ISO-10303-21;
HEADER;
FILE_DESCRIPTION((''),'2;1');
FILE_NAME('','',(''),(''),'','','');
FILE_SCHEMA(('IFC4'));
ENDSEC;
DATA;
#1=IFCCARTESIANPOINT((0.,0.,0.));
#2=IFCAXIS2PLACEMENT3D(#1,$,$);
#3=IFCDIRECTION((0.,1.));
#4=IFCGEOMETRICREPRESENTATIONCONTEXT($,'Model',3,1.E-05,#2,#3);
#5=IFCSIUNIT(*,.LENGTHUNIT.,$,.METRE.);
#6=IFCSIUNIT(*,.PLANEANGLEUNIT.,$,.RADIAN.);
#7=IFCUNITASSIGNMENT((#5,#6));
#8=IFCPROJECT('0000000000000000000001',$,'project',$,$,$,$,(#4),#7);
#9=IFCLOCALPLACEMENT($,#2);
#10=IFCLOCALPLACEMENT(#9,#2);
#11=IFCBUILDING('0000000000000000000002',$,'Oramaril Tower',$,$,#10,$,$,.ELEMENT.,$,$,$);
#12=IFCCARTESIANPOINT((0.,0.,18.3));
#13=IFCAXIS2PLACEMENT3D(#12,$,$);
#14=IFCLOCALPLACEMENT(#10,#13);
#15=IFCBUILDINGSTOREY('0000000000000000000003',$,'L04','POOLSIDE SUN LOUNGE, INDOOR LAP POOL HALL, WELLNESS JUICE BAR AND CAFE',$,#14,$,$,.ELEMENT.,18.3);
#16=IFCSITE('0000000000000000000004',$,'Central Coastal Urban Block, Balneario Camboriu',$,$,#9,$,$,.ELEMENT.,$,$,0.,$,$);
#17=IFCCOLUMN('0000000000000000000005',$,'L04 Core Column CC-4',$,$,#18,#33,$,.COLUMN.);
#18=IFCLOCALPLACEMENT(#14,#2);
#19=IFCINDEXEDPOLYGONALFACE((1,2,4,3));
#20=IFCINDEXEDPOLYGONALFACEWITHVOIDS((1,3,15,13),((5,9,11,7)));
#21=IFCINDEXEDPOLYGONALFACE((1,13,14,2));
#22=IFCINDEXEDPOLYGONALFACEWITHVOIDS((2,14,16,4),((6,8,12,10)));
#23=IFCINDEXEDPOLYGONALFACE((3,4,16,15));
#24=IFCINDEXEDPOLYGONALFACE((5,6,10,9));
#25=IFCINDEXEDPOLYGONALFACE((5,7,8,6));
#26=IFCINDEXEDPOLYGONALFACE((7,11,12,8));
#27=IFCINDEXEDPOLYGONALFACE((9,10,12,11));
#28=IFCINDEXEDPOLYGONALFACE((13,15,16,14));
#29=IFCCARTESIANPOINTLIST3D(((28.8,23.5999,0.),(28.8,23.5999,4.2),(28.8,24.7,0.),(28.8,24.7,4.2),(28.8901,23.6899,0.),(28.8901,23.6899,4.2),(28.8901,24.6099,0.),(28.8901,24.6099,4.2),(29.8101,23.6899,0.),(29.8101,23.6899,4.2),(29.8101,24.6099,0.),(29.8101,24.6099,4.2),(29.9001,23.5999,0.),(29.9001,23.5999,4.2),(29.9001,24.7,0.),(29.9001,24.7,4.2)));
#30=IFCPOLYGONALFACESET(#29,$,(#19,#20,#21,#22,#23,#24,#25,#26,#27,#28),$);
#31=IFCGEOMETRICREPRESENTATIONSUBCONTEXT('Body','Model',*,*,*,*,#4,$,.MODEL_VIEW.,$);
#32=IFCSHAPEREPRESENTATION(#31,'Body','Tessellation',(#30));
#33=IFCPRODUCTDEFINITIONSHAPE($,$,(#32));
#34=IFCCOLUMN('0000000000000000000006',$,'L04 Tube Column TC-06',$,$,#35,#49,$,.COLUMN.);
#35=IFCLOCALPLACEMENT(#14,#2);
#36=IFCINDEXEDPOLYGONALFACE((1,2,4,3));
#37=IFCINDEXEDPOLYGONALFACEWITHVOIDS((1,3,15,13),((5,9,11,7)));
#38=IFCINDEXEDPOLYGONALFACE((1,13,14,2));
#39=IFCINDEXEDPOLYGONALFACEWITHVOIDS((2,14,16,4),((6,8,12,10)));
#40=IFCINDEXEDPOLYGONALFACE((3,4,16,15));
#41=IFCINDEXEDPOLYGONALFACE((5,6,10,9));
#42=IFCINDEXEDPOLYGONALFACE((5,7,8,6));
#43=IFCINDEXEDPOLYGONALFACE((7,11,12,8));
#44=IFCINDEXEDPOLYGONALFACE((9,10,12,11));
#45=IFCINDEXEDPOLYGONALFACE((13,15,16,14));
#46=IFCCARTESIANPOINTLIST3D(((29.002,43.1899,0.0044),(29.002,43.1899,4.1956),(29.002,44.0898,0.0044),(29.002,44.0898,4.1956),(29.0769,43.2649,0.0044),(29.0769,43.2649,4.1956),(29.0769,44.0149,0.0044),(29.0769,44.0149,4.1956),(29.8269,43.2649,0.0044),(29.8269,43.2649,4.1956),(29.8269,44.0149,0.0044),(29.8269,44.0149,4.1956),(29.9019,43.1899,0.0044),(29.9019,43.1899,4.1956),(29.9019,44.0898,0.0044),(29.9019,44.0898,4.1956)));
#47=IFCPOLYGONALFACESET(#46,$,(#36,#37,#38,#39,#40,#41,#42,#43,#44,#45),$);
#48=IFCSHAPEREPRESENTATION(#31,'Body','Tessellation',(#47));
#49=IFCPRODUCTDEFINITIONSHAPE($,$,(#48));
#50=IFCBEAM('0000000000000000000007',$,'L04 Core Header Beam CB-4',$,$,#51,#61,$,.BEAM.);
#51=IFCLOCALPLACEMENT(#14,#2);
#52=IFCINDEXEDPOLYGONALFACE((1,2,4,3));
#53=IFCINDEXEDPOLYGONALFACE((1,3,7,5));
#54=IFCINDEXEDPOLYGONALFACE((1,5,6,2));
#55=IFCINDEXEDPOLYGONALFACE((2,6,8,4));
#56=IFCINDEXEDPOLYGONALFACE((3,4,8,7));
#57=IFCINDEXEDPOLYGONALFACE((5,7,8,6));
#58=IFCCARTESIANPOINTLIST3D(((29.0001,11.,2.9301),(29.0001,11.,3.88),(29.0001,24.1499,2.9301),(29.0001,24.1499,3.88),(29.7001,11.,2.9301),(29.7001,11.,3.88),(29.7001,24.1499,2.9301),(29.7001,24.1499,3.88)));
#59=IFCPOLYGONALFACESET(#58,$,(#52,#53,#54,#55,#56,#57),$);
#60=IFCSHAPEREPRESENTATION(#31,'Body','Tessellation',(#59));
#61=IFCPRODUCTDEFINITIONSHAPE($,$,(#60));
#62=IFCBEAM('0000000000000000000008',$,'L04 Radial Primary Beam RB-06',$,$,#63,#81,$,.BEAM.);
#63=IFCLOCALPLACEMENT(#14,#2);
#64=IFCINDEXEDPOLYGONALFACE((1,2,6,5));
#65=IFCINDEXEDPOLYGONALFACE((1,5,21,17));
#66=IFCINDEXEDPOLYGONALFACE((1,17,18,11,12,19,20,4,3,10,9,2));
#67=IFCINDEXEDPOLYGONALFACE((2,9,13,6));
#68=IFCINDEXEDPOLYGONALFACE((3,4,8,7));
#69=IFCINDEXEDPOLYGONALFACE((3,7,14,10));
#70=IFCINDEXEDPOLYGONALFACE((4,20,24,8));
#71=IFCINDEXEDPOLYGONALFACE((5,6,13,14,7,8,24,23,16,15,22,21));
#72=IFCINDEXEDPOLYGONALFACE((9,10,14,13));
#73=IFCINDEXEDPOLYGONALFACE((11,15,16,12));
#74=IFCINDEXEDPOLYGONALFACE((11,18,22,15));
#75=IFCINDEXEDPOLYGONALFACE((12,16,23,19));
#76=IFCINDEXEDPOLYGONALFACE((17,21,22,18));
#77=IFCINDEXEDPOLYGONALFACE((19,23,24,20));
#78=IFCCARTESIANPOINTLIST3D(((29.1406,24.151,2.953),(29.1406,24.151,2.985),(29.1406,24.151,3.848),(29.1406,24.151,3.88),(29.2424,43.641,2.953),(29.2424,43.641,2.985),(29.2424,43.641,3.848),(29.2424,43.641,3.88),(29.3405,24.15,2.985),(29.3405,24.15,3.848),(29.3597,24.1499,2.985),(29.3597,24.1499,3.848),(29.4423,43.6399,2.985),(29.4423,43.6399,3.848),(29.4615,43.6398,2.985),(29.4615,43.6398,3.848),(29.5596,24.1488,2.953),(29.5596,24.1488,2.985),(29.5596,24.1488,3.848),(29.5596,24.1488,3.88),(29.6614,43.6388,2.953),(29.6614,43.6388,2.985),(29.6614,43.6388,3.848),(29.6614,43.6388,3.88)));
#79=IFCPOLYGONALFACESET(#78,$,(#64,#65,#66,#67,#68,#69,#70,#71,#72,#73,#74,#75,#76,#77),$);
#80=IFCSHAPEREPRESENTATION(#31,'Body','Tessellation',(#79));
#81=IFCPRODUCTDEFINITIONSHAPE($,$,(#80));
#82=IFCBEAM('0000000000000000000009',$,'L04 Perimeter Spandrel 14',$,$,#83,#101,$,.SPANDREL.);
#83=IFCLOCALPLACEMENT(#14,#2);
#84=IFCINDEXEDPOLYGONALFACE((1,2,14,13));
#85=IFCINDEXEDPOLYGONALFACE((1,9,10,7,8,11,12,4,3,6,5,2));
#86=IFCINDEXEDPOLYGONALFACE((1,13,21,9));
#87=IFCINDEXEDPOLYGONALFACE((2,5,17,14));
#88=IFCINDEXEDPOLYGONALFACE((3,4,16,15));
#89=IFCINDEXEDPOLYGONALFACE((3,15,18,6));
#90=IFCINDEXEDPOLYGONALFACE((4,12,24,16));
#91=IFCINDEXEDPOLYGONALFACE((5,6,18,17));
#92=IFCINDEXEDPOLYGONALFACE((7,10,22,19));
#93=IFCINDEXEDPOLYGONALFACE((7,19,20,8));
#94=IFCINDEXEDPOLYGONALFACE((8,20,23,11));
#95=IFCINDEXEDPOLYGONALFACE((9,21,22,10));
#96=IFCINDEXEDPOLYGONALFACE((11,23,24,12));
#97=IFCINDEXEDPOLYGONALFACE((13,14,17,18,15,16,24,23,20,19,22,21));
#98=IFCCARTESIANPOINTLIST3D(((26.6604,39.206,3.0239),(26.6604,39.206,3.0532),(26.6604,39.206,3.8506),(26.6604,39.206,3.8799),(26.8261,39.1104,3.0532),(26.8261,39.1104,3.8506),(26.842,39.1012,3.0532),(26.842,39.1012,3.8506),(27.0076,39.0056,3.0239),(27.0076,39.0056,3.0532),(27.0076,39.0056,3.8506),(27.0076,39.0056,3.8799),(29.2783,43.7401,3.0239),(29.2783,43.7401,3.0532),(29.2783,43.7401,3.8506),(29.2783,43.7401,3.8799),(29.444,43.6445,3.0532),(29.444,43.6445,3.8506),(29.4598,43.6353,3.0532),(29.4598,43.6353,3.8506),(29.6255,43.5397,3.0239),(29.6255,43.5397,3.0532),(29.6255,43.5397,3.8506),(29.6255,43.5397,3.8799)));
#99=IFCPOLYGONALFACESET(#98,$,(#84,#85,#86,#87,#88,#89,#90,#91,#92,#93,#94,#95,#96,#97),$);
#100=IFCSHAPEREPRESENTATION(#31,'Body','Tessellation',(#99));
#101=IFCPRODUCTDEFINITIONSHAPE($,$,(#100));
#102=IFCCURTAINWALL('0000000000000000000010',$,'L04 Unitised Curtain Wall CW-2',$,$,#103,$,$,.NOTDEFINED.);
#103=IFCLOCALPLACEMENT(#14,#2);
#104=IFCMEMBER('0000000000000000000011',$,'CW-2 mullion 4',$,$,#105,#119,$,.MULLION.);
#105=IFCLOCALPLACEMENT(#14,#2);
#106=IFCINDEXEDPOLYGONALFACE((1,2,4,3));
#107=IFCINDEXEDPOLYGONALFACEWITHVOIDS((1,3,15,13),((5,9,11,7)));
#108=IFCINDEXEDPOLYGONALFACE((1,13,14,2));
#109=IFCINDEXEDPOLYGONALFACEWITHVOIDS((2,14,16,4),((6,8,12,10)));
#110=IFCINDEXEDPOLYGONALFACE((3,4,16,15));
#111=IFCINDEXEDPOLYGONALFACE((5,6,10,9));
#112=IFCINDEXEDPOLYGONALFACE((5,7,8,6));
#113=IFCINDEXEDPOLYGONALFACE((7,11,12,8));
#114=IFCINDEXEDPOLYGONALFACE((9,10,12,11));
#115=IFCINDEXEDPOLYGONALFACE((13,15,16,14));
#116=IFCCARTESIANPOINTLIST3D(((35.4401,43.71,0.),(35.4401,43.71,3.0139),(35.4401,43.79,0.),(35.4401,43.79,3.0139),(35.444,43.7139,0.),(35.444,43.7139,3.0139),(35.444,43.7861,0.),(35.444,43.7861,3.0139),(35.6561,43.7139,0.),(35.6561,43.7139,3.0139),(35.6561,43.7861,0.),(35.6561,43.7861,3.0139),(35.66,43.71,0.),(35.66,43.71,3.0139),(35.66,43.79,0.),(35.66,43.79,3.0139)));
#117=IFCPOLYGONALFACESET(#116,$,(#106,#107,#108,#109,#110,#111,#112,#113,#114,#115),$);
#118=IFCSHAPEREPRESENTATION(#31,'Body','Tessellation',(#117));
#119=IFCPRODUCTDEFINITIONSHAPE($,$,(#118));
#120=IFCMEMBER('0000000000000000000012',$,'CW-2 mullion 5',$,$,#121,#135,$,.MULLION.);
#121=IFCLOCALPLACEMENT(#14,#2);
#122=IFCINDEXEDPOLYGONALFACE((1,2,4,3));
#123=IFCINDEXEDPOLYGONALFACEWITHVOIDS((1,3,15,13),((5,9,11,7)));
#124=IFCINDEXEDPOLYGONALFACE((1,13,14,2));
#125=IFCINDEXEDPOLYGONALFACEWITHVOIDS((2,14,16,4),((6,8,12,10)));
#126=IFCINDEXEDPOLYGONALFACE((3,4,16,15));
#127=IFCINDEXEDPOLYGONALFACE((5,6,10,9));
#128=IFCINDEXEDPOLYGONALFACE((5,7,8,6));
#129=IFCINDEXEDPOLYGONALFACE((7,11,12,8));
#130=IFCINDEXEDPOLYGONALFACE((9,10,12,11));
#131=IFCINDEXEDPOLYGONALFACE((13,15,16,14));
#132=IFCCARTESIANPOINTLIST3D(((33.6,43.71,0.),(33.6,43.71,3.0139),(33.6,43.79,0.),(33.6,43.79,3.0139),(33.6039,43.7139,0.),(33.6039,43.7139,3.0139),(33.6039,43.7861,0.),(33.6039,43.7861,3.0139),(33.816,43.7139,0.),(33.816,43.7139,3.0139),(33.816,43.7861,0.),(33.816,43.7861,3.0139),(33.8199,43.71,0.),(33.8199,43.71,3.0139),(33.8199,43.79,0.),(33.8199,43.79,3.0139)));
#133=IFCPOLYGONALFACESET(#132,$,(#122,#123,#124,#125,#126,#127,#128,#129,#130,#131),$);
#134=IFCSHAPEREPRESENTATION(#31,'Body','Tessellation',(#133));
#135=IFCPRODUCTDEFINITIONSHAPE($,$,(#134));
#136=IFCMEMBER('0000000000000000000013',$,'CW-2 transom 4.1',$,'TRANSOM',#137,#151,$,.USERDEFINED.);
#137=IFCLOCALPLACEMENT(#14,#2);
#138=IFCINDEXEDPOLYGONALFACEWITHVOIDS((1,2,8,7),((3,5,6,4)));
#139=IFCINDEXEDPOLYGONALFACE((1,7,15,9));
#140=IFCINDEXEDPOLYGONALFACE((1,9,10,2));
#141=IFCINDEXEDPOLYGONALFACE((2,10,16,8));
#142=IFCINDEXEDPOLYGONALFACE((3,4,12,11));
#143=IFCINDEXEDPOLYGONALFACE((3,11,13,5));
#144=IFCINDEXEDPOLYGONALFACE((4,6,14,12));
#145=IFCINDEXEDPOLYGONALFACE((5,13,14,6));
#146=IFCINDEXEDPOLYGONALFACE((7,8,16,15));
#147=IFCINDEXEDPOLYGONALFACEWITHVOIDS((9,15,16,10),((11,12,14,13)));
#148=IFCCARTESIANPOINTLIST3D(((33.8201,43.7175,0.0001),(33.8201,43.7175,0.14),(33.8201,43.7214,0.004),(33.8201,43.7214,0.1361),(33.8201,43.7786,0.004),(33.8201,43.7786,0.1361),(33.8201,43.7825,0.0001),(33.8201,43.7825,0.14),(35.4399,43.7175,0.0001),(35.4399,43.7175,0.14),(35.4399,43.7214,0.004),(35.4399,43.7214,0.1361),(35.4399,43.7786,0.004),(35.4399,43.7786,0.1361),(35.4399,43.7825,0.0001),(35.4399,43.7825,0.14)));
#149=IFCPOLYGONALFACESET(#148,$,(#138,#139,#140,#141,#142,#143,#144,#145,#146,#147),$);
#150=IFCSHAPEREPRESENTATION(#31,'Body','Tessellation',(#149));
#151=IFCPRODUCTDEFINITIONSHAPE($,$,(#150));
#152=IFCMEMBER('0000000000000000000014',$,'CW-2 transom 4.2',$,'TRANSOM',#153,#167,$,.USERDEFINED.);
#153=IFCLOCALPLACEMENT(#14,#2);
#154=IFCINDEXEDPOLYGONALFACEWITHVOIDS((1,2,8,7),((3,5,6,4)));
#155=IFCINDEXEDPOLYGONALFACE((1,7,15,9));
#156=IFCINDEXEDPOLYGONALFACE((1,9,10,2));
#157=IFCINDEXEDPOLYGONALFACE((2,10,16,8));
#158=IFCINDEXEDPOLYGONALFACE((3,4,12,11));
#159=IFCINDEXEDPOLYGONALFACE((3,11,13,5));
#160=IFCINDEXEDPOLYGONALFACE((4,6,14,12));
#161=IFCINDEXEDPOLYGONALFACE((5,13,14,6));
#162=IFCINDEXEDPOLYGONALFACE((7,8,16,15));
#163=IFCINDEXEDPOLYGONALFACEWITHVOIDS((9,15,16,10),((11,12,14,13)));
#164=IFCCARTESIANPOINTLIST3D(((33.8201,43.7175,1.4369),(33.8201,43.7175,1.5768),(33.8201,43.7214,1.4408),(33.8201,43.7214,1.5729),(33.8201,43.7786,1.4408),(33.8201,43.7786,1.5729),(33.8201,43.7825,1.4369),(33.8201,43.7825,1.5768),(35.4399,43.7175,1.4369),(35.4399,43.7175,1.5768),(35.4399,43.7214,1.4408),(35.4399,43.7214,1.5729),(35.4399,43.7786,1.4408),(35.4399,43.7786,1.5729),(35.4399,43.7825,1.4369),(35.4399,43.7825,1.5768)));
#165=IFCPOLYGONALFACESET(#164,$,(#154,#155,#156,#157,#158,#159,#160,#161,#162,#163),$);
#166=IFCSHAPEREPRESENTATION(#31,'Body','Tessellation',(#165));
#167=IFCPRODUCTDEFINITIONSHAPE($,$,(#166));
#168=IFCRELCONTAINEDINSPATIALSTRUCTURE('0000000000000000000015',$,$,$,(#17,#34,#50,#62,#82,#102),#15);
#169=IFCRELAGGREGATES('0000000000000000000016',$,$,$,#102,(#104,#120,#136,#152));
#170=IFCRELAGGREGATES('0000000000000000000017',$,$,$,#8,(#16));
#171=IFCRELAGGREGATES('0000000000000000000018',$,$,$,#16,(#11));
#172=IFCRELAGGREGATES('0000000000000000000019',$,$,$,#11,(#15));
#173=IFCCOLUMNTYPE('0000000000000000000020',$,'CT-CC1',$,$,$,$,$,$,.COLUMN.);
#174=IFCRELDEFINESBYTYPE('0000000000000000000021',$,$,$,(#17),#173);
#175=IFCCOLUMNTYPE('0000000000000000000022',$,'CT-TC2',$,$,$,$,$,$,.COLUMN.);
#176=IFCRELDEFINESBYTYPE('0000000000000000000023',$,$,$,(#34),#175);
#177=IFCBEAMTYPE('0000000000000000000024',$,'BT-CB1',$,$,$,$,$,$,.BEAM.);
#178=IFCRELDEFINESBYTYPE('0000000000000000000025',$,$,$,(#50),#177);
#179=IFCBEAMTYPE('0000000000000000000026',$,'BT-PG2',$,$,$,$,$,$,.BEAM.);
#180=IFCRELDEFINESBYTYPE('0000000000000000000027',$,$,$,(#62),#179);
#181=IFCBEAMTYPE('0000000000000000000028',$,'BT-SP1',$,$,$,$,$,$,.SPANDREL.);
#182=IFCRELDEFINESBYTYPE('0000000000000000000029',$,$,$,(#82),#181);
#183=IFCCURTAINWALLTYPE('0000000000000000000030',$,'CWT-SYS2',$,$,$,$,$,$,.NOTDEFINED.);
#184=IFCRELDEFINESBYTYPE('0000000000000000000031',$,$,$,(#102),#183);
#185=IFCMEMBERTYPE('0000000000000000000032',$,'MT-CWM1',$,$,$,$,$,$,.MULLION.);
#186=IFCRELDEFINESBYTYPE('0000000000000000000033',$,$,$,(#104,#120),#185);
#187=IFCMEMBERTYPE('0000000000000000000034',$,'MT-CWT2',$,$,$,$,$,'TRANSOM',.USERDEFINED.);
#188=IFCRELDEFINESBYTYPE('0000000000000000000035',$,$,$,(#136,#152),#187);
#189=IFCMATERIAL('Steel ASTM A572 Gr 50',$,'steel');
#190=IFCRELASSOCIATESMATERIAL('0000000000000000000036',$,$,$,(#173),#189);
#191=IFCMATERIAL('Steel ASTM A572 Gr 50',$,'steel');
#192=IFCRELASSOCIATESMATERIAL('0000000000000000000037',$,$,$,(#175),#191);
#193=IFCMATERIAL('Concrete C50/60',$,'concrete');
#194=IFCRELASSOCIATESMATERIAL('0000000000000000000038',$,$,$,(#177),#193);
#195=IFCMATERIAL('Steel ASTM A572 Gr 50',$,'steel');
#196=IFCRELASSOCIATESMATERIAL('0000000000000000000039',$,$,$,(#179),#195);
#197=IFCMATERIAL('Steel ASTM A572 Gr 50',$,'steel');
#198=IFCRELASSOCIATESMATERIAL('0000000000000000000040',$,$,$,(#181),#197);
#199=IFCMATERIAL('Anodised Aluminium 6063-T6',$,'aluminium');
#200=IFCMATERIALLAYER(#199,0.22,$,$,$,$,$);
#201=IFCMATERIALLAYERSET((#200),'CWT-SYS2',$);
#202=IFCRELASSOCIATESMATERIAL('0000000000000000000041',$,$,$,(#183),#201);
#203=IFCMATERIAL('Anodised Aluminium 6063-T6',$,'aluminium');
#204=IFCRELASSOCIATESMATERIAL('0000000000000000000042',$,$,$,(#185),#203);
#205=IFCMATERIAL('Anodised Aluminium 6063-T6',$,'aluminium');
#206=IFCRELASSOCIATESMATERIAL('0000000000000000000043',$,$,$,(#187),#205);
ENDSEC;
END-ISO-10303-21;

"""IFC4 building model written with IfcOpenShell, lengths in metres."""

from ifc_helpers import new_model, si_unit, direction, frame, origin, origin_2d, place, context, subcontext, project, spatial, rectangle, hollow_rectangle, i_section, extrude, material, layer, layer_set, material_profile, profile_set, type_object, element, aggregate, save


model = new_model("IFC4")

# Units and contexts
model_context = context("Model", 3, precision=1e-05, world=origin(), true_north=direction((0.0, 1.0)))
body_context = subcontext(model_context, "Body", "Model", "MODEL_VIEW")
ifc_project = project(units=[si_unit("LENGTHUNIT", "METRE"), si_unit("PLANEANGLEUNIT", "RADIAN")], contexts=[model_context])

# Site, building, storey
site_placement = place(None, origin())
site = spatial("IfcSite", under=ifc_project, at=site_placement, Name="Central Coastal Urban Block, Balneario Camboriu", CompositionType="ELEMENT", RefElevation=0.0)
building_placement = place(site_placement, origin())
building = spatial("IfcBuilding", under=site, at=building_placement, Name="Oramaril Tower", CompositionType="ELEMENT")
storey_placement = place(building_placement, frame((0.0, 0.0, 18.3)))
storey = spatial("IfcBuildingStorey", under=building, at=storey_placement, Name="L04", Description="POOLSIDE SUN LOUNGE, INDOOR LAP POOL HALL, WELLNESS JUICE BAR AND CAFE", CompositionType="ELEMENT", Elevation=18.3)

# Columns
ifc_material_1 = material(Name="Steel ASTM A572 Gr 50", Category="steel")
ifc_material_profile_1 = material_profile(ifc_material_1, hollow_rectangle(XDim=1.1001, YDim=1.1001, WallThickness=0.0901, at=origin_2d()), Name="BOX1100X1100X90")
ifc_profile_set_1 = profile_set([ifc_material_profile_1], Name="Steel ASTM A572 Gr 50")
column_type_1 = type_object("IfcColumnType", Name="CT-CC1", PredefinedType="COLUMN", material=ifc_profile_set_1)
column_1_placement = place(storey_placement, frame((29.3501, 24.1499, 0.0), z_axis=(0.0, 0.0, 1.0), x_axis=(1.0, 0.0, 0.0)))
element("IfcColumn", 1, at=column_1_placement, inside=storey, type_object=column_type_1, Name="L04 Core Column CC-4", PredefinedType="COLUMN", context=body_context, shape_type="SweptSolid", body=[
    extrude(hollow_rectangle(XDim=1.1001, YDim=1.1001, WallThickness=0.0901, at=origin_2d()), origin(), (0.0, 0.0, 1.0), 4.2),
])
ifc_material_2 = material(Name="Steel ASTM A572 Gr 50", Category="steel")
ifc_material_profile_2 = material_profile(ifc_material_2, hollow_rectangle(XDim=0.8999, YDim=0.8999, WallThickness=0.075, at=origin_2d()), Name="BOX900X900X75")
ifc_profile_set_2 = profile_set([ifc_material_profile_2], Name="Steel ASTM A572 Gr 50")
column_type_2 = type_object("IfcColumnType", Name="CT-TC2", PredefinedType="COLUMN", material=ifc_profile_set_2)
column_2_placement = place(storey_placement, frame((29.4519, 43.6399, 0.0044), z_axis=(0.0, 0.0, 1.0), x_axis=(1.0, 0.0, 0.0)))
element("IfcColumn", 2, at=column_2_placement, inside=storey, type_object=column_type_2, Name="L04 Tube Column TC-06", PredefinedType="COLUMN", context=body_context, shape_type="SweptSolid", body=[
    extrude(hollow_rectangle(XDim=0.8999, YDim=0.8999, WallThickness=0.075, at=origin_2d()), origin(), (0.0, 0.0, 1.0), 4.1912),
])

# Beams
ifc_material_3 = material(Name="Concrete C50/60", Category="concrete")
ifc_material_profile_3 = material_profile(ifc_material_3, rectangle(XDim=0.7, YDim=0.95, at=origin_2d()), Name="CB700X950")
ifc_profile_set_3 = profile_set([ifc_material_profile_3], Name="Concrete C50/60")
beam_type_1 = type_object("IfcBeamType", Name="BT-CB1", PredefinedType="BEAM", material=ifc_profile_set_3)
beam_1_placement = place(storey_placement, frame((29.3501, 24.1499, 3.405), z_axis=(0.0, -1.0, 0.0), x_axis=(1.0, 0.0, 0.0)))
element("IfcBeam", 3, at=beam_1_placement, inside=storey, type_object=beam_type_1, Name="L04 Core Header Beam CB-4", PredefinedType="BEAM", context=body_context, shape_type="SweptSolid", body=[
    extrude(rectangle(XDim=0.7, YDim=0.95, at=origin_2d()), origin(), (0.0, 0.0, 1.0), 13.1499),
])
ifc_material_4 = material(Name="Steel ASTM A572 Gr 50", Category="steel")
ifc_material_profile_4 = material_profile(ifc_material_4, i_section(OverallWidth=0.4189, OverallDepth=0.927, WebThickness=0.0193, FlangeThickness=0.032, at=origin_2d()), Name="W36X231")
ifc_profile_set_4 = profile_set([ifc_material_profile_4], Name="Steel ASTM A572 Gr 50")
beam_type_2 = type_object("IfcBeamType", Name="BT-PG2", PredefinedType="BEAM", material=ifc_profile_set_4)
beam_2_placement = place(storey_placement, frame((29.3501, 24.1499, 3.4165), z_axis=(0.005223, 0.999986, 0.0), x_axis=(-0.999986, 0.005223, 0.0)))
element("IfcBeam", 4, at=beam_2_placement, inside=storey, type_object=beam_type_2, Name="L04 Radial Primary Beam RB-06", PredefinedType="BEAM", context=body_context, shape_type="SweptSolid", body=[
    extrude(i_section(OverallWidth=0.4189, OverallDepth=0.927, WebThickness=0.0193, FlangeThickness=0.032, at=origin_2d()), origin(), (0.0, 0.0, 1.0), 19.4902),
])
ifc_material_5 = material(Name="Steel ASTM A572 Gr 50", Category="steel")
ifc_material_profile_5 = material_profile(ifc_material_5, i_section(OverallWidth=0.4009, OverallDepth=0.856, WebThickness=0.0183, FlangeThickness=0.0293, at=origin_2d()), Name="W33X201")
ifc_profile_set_5 = profile_set([ifc_material_profile_5], Name="Steel ASTM A572 Gr 50")
beam_type_3 = type_object("IfcBeamType", Name="BT-SP1", PredefinedType="SPANDREL", material=ifc_profile_set_5)
beam_3_placement = place(storey_placement, frame((29.4519, 43.6399, 3.4519), z_axis=(-0.500016, -0.866016, 0.0), x_axis=(0.866016, -0.500016, 0.0)))
element("IfcBeam", 5, at=beam_3_placement, inside=storey, type_object=beam_type_3, Name="L04 Perimeter Spandrel 14", PredefinedType="SPANDREL", context=body_context, shape_type="SweptSolid", body=[
    extrude(i_section(OverallWidth=0.4009, OverallDepth=0.856, WebThickness=0.0183, FlangeThickness=0.0293, at=origin_2d()), origin(), (0.0, 0.0, 1.0), 5.2356),
])

# Curtain wall, members
ifc_material_6 = material(Name="Anodised Aluminium 6063-T6", Category="aluminium")
ifc_layer_1 = layer(ifc_material_6, 0.22)
ifc_layer_set_1 = layer_set([ifc_layer_1], Name="CWT-SYS2")
curtain_wall_type = type_object("IfcCurtainWallType", Name="CWT-SYS2", PredefinedType="NOTDEFINED", material=ifc_layer_set_1)
curtain_wall_placement = place(storey_placement, origin())
curtain_wall = element("IfcCurtainWall", 6, at=curtain_wall_placement, inside=storey, type_object=curtain_wall_type, Name="L04 Unitised Curtain Wall CW-2", PredefinedType="NOTDEFINED")
ifc_material_7 = material(Name="Anodised Aluminium 6063-T6", Category="aluminium")
ifc_material_profile_6 = material_profile(ifc_material_7, hollow_rectangle(XDim=0.0801, YDim=0.22, WallThickness=0.0039, at=origin_2d()), Name="CWM220X80")
ifc_profile_set_6 = profile_set([ifc_material_profile_6], Name="Anodised Aluminium 6063-T6")
member_type_1 = type_object("IfcMemberType", Name="MT-CWM1", PredefinedType="MULLION", material=ifc_profile_set_6)
member_1_placement = place(storey_placement, frame((35.55, 43.75, 0.0), z_axis=(0.0, 0.0, 1.0), x_axis=(0.0, -1.0, 0.0)))
member_1 = element("IfcMember", 7, at=member_1_placement, type_object=member_type_1, Name="CW-2 mullion 4", PredefinedType="MULLION", context=body_context, shape_type="SweptSolid", body=[
    extrude(hollow_rectangle(XDim=0.0801, YDim=0.22, WallThickness=0.0039, at=origin_2d()), origin(), (0.0, 0.0, 1.0), 3.0139),
])
member_2_placement = place(storey_placement, frame((33.71, 43.75, 0.0), z_axis=(0.0, 0.0, 1.0), x_axis=(0.0, -1.0, 0.0)))
member_2 = element("IfcMember", 8, at=member_2_placement, type_object=member_type_1, Name="CW-2 mullion 5", PredefinedType="MULLION", context=body_context, shape_type="SweptSolid", body=[
    extrude(hollow_rectangle(XDim=0.0801, YDim=0.22, WallThickness=0.0039, at=origin_2d()), origin(), (0.0, 0.0, 1.0), 3.0139),
])
ifc_material_8 = material(Name="Anodised Aluminium 6063-T6", Category="aluminium")
ifc_material_profile_7 = material_profile(ifc_material_8, hollow_rectangle(XDim=0.0649, YDim=0.1399, WallThickness=0.0039, at=origin_2d()), Name="CWT140X65")
ifc_profile_set_7 = profile_set([ifc_material_profile_7], Name="Anodised Aluminium 6063-T6")
member_type_2 = type_object("IfcMemberType", Name="MT-CWT2", ElementType="TRANSOM", PredefinedType="USERDEFINED", material=ifc_profile_set_7)
member_3_placement = place(storey_placement, frame((35.4399, 43.75, 0.0701), z_axis=(-1.0, 0.0, 0.0), x_axis=(0.0, -1.0, 0.0)))
member_3 = element("IfcMember", 9, at=member_3_placement, type_object=member_type_2, Name="CW-2 transom 4.1", ObjectType="TRANSOM", PredefinedType="USERDEFINED", context=body_context, shape_type="SweptSolid", body=[
    extrude(hollow_rectangle(XDim=0.0649, YDim=0.1399, WallThickness=0.0039, at=origin_2d()), origin(), (0.0, 0.0, 1.0), 1.6199),
])
member_4_placement = place(storey_placement, frame((35.4399, 43.75, 1.5068), z_axis=(-1.0, 0.0, 0.0), x_axis=(0.0, -1.0, 0.0)))
member_4 = element("IfcMember", 10, at=member_4_placement, type_object=member_type_2, Name="CW-2 transom 4.2", ObjectType="TRANSOM", PredefinedType="USERDEFINED", context=body_context, shape_type="SweptSolid", body=[
    extrude(hollow_rectangle(XDim=0.0649, YDim=0.1399, WallThickness=0.0039, at=origin_2d()), origin(), (0.0, 0.0, 1.0), 1.6199),
])
aggregate(curtain_wall, [member_1, member_2, member_3, member_4])

save(model, "model.ifc")
